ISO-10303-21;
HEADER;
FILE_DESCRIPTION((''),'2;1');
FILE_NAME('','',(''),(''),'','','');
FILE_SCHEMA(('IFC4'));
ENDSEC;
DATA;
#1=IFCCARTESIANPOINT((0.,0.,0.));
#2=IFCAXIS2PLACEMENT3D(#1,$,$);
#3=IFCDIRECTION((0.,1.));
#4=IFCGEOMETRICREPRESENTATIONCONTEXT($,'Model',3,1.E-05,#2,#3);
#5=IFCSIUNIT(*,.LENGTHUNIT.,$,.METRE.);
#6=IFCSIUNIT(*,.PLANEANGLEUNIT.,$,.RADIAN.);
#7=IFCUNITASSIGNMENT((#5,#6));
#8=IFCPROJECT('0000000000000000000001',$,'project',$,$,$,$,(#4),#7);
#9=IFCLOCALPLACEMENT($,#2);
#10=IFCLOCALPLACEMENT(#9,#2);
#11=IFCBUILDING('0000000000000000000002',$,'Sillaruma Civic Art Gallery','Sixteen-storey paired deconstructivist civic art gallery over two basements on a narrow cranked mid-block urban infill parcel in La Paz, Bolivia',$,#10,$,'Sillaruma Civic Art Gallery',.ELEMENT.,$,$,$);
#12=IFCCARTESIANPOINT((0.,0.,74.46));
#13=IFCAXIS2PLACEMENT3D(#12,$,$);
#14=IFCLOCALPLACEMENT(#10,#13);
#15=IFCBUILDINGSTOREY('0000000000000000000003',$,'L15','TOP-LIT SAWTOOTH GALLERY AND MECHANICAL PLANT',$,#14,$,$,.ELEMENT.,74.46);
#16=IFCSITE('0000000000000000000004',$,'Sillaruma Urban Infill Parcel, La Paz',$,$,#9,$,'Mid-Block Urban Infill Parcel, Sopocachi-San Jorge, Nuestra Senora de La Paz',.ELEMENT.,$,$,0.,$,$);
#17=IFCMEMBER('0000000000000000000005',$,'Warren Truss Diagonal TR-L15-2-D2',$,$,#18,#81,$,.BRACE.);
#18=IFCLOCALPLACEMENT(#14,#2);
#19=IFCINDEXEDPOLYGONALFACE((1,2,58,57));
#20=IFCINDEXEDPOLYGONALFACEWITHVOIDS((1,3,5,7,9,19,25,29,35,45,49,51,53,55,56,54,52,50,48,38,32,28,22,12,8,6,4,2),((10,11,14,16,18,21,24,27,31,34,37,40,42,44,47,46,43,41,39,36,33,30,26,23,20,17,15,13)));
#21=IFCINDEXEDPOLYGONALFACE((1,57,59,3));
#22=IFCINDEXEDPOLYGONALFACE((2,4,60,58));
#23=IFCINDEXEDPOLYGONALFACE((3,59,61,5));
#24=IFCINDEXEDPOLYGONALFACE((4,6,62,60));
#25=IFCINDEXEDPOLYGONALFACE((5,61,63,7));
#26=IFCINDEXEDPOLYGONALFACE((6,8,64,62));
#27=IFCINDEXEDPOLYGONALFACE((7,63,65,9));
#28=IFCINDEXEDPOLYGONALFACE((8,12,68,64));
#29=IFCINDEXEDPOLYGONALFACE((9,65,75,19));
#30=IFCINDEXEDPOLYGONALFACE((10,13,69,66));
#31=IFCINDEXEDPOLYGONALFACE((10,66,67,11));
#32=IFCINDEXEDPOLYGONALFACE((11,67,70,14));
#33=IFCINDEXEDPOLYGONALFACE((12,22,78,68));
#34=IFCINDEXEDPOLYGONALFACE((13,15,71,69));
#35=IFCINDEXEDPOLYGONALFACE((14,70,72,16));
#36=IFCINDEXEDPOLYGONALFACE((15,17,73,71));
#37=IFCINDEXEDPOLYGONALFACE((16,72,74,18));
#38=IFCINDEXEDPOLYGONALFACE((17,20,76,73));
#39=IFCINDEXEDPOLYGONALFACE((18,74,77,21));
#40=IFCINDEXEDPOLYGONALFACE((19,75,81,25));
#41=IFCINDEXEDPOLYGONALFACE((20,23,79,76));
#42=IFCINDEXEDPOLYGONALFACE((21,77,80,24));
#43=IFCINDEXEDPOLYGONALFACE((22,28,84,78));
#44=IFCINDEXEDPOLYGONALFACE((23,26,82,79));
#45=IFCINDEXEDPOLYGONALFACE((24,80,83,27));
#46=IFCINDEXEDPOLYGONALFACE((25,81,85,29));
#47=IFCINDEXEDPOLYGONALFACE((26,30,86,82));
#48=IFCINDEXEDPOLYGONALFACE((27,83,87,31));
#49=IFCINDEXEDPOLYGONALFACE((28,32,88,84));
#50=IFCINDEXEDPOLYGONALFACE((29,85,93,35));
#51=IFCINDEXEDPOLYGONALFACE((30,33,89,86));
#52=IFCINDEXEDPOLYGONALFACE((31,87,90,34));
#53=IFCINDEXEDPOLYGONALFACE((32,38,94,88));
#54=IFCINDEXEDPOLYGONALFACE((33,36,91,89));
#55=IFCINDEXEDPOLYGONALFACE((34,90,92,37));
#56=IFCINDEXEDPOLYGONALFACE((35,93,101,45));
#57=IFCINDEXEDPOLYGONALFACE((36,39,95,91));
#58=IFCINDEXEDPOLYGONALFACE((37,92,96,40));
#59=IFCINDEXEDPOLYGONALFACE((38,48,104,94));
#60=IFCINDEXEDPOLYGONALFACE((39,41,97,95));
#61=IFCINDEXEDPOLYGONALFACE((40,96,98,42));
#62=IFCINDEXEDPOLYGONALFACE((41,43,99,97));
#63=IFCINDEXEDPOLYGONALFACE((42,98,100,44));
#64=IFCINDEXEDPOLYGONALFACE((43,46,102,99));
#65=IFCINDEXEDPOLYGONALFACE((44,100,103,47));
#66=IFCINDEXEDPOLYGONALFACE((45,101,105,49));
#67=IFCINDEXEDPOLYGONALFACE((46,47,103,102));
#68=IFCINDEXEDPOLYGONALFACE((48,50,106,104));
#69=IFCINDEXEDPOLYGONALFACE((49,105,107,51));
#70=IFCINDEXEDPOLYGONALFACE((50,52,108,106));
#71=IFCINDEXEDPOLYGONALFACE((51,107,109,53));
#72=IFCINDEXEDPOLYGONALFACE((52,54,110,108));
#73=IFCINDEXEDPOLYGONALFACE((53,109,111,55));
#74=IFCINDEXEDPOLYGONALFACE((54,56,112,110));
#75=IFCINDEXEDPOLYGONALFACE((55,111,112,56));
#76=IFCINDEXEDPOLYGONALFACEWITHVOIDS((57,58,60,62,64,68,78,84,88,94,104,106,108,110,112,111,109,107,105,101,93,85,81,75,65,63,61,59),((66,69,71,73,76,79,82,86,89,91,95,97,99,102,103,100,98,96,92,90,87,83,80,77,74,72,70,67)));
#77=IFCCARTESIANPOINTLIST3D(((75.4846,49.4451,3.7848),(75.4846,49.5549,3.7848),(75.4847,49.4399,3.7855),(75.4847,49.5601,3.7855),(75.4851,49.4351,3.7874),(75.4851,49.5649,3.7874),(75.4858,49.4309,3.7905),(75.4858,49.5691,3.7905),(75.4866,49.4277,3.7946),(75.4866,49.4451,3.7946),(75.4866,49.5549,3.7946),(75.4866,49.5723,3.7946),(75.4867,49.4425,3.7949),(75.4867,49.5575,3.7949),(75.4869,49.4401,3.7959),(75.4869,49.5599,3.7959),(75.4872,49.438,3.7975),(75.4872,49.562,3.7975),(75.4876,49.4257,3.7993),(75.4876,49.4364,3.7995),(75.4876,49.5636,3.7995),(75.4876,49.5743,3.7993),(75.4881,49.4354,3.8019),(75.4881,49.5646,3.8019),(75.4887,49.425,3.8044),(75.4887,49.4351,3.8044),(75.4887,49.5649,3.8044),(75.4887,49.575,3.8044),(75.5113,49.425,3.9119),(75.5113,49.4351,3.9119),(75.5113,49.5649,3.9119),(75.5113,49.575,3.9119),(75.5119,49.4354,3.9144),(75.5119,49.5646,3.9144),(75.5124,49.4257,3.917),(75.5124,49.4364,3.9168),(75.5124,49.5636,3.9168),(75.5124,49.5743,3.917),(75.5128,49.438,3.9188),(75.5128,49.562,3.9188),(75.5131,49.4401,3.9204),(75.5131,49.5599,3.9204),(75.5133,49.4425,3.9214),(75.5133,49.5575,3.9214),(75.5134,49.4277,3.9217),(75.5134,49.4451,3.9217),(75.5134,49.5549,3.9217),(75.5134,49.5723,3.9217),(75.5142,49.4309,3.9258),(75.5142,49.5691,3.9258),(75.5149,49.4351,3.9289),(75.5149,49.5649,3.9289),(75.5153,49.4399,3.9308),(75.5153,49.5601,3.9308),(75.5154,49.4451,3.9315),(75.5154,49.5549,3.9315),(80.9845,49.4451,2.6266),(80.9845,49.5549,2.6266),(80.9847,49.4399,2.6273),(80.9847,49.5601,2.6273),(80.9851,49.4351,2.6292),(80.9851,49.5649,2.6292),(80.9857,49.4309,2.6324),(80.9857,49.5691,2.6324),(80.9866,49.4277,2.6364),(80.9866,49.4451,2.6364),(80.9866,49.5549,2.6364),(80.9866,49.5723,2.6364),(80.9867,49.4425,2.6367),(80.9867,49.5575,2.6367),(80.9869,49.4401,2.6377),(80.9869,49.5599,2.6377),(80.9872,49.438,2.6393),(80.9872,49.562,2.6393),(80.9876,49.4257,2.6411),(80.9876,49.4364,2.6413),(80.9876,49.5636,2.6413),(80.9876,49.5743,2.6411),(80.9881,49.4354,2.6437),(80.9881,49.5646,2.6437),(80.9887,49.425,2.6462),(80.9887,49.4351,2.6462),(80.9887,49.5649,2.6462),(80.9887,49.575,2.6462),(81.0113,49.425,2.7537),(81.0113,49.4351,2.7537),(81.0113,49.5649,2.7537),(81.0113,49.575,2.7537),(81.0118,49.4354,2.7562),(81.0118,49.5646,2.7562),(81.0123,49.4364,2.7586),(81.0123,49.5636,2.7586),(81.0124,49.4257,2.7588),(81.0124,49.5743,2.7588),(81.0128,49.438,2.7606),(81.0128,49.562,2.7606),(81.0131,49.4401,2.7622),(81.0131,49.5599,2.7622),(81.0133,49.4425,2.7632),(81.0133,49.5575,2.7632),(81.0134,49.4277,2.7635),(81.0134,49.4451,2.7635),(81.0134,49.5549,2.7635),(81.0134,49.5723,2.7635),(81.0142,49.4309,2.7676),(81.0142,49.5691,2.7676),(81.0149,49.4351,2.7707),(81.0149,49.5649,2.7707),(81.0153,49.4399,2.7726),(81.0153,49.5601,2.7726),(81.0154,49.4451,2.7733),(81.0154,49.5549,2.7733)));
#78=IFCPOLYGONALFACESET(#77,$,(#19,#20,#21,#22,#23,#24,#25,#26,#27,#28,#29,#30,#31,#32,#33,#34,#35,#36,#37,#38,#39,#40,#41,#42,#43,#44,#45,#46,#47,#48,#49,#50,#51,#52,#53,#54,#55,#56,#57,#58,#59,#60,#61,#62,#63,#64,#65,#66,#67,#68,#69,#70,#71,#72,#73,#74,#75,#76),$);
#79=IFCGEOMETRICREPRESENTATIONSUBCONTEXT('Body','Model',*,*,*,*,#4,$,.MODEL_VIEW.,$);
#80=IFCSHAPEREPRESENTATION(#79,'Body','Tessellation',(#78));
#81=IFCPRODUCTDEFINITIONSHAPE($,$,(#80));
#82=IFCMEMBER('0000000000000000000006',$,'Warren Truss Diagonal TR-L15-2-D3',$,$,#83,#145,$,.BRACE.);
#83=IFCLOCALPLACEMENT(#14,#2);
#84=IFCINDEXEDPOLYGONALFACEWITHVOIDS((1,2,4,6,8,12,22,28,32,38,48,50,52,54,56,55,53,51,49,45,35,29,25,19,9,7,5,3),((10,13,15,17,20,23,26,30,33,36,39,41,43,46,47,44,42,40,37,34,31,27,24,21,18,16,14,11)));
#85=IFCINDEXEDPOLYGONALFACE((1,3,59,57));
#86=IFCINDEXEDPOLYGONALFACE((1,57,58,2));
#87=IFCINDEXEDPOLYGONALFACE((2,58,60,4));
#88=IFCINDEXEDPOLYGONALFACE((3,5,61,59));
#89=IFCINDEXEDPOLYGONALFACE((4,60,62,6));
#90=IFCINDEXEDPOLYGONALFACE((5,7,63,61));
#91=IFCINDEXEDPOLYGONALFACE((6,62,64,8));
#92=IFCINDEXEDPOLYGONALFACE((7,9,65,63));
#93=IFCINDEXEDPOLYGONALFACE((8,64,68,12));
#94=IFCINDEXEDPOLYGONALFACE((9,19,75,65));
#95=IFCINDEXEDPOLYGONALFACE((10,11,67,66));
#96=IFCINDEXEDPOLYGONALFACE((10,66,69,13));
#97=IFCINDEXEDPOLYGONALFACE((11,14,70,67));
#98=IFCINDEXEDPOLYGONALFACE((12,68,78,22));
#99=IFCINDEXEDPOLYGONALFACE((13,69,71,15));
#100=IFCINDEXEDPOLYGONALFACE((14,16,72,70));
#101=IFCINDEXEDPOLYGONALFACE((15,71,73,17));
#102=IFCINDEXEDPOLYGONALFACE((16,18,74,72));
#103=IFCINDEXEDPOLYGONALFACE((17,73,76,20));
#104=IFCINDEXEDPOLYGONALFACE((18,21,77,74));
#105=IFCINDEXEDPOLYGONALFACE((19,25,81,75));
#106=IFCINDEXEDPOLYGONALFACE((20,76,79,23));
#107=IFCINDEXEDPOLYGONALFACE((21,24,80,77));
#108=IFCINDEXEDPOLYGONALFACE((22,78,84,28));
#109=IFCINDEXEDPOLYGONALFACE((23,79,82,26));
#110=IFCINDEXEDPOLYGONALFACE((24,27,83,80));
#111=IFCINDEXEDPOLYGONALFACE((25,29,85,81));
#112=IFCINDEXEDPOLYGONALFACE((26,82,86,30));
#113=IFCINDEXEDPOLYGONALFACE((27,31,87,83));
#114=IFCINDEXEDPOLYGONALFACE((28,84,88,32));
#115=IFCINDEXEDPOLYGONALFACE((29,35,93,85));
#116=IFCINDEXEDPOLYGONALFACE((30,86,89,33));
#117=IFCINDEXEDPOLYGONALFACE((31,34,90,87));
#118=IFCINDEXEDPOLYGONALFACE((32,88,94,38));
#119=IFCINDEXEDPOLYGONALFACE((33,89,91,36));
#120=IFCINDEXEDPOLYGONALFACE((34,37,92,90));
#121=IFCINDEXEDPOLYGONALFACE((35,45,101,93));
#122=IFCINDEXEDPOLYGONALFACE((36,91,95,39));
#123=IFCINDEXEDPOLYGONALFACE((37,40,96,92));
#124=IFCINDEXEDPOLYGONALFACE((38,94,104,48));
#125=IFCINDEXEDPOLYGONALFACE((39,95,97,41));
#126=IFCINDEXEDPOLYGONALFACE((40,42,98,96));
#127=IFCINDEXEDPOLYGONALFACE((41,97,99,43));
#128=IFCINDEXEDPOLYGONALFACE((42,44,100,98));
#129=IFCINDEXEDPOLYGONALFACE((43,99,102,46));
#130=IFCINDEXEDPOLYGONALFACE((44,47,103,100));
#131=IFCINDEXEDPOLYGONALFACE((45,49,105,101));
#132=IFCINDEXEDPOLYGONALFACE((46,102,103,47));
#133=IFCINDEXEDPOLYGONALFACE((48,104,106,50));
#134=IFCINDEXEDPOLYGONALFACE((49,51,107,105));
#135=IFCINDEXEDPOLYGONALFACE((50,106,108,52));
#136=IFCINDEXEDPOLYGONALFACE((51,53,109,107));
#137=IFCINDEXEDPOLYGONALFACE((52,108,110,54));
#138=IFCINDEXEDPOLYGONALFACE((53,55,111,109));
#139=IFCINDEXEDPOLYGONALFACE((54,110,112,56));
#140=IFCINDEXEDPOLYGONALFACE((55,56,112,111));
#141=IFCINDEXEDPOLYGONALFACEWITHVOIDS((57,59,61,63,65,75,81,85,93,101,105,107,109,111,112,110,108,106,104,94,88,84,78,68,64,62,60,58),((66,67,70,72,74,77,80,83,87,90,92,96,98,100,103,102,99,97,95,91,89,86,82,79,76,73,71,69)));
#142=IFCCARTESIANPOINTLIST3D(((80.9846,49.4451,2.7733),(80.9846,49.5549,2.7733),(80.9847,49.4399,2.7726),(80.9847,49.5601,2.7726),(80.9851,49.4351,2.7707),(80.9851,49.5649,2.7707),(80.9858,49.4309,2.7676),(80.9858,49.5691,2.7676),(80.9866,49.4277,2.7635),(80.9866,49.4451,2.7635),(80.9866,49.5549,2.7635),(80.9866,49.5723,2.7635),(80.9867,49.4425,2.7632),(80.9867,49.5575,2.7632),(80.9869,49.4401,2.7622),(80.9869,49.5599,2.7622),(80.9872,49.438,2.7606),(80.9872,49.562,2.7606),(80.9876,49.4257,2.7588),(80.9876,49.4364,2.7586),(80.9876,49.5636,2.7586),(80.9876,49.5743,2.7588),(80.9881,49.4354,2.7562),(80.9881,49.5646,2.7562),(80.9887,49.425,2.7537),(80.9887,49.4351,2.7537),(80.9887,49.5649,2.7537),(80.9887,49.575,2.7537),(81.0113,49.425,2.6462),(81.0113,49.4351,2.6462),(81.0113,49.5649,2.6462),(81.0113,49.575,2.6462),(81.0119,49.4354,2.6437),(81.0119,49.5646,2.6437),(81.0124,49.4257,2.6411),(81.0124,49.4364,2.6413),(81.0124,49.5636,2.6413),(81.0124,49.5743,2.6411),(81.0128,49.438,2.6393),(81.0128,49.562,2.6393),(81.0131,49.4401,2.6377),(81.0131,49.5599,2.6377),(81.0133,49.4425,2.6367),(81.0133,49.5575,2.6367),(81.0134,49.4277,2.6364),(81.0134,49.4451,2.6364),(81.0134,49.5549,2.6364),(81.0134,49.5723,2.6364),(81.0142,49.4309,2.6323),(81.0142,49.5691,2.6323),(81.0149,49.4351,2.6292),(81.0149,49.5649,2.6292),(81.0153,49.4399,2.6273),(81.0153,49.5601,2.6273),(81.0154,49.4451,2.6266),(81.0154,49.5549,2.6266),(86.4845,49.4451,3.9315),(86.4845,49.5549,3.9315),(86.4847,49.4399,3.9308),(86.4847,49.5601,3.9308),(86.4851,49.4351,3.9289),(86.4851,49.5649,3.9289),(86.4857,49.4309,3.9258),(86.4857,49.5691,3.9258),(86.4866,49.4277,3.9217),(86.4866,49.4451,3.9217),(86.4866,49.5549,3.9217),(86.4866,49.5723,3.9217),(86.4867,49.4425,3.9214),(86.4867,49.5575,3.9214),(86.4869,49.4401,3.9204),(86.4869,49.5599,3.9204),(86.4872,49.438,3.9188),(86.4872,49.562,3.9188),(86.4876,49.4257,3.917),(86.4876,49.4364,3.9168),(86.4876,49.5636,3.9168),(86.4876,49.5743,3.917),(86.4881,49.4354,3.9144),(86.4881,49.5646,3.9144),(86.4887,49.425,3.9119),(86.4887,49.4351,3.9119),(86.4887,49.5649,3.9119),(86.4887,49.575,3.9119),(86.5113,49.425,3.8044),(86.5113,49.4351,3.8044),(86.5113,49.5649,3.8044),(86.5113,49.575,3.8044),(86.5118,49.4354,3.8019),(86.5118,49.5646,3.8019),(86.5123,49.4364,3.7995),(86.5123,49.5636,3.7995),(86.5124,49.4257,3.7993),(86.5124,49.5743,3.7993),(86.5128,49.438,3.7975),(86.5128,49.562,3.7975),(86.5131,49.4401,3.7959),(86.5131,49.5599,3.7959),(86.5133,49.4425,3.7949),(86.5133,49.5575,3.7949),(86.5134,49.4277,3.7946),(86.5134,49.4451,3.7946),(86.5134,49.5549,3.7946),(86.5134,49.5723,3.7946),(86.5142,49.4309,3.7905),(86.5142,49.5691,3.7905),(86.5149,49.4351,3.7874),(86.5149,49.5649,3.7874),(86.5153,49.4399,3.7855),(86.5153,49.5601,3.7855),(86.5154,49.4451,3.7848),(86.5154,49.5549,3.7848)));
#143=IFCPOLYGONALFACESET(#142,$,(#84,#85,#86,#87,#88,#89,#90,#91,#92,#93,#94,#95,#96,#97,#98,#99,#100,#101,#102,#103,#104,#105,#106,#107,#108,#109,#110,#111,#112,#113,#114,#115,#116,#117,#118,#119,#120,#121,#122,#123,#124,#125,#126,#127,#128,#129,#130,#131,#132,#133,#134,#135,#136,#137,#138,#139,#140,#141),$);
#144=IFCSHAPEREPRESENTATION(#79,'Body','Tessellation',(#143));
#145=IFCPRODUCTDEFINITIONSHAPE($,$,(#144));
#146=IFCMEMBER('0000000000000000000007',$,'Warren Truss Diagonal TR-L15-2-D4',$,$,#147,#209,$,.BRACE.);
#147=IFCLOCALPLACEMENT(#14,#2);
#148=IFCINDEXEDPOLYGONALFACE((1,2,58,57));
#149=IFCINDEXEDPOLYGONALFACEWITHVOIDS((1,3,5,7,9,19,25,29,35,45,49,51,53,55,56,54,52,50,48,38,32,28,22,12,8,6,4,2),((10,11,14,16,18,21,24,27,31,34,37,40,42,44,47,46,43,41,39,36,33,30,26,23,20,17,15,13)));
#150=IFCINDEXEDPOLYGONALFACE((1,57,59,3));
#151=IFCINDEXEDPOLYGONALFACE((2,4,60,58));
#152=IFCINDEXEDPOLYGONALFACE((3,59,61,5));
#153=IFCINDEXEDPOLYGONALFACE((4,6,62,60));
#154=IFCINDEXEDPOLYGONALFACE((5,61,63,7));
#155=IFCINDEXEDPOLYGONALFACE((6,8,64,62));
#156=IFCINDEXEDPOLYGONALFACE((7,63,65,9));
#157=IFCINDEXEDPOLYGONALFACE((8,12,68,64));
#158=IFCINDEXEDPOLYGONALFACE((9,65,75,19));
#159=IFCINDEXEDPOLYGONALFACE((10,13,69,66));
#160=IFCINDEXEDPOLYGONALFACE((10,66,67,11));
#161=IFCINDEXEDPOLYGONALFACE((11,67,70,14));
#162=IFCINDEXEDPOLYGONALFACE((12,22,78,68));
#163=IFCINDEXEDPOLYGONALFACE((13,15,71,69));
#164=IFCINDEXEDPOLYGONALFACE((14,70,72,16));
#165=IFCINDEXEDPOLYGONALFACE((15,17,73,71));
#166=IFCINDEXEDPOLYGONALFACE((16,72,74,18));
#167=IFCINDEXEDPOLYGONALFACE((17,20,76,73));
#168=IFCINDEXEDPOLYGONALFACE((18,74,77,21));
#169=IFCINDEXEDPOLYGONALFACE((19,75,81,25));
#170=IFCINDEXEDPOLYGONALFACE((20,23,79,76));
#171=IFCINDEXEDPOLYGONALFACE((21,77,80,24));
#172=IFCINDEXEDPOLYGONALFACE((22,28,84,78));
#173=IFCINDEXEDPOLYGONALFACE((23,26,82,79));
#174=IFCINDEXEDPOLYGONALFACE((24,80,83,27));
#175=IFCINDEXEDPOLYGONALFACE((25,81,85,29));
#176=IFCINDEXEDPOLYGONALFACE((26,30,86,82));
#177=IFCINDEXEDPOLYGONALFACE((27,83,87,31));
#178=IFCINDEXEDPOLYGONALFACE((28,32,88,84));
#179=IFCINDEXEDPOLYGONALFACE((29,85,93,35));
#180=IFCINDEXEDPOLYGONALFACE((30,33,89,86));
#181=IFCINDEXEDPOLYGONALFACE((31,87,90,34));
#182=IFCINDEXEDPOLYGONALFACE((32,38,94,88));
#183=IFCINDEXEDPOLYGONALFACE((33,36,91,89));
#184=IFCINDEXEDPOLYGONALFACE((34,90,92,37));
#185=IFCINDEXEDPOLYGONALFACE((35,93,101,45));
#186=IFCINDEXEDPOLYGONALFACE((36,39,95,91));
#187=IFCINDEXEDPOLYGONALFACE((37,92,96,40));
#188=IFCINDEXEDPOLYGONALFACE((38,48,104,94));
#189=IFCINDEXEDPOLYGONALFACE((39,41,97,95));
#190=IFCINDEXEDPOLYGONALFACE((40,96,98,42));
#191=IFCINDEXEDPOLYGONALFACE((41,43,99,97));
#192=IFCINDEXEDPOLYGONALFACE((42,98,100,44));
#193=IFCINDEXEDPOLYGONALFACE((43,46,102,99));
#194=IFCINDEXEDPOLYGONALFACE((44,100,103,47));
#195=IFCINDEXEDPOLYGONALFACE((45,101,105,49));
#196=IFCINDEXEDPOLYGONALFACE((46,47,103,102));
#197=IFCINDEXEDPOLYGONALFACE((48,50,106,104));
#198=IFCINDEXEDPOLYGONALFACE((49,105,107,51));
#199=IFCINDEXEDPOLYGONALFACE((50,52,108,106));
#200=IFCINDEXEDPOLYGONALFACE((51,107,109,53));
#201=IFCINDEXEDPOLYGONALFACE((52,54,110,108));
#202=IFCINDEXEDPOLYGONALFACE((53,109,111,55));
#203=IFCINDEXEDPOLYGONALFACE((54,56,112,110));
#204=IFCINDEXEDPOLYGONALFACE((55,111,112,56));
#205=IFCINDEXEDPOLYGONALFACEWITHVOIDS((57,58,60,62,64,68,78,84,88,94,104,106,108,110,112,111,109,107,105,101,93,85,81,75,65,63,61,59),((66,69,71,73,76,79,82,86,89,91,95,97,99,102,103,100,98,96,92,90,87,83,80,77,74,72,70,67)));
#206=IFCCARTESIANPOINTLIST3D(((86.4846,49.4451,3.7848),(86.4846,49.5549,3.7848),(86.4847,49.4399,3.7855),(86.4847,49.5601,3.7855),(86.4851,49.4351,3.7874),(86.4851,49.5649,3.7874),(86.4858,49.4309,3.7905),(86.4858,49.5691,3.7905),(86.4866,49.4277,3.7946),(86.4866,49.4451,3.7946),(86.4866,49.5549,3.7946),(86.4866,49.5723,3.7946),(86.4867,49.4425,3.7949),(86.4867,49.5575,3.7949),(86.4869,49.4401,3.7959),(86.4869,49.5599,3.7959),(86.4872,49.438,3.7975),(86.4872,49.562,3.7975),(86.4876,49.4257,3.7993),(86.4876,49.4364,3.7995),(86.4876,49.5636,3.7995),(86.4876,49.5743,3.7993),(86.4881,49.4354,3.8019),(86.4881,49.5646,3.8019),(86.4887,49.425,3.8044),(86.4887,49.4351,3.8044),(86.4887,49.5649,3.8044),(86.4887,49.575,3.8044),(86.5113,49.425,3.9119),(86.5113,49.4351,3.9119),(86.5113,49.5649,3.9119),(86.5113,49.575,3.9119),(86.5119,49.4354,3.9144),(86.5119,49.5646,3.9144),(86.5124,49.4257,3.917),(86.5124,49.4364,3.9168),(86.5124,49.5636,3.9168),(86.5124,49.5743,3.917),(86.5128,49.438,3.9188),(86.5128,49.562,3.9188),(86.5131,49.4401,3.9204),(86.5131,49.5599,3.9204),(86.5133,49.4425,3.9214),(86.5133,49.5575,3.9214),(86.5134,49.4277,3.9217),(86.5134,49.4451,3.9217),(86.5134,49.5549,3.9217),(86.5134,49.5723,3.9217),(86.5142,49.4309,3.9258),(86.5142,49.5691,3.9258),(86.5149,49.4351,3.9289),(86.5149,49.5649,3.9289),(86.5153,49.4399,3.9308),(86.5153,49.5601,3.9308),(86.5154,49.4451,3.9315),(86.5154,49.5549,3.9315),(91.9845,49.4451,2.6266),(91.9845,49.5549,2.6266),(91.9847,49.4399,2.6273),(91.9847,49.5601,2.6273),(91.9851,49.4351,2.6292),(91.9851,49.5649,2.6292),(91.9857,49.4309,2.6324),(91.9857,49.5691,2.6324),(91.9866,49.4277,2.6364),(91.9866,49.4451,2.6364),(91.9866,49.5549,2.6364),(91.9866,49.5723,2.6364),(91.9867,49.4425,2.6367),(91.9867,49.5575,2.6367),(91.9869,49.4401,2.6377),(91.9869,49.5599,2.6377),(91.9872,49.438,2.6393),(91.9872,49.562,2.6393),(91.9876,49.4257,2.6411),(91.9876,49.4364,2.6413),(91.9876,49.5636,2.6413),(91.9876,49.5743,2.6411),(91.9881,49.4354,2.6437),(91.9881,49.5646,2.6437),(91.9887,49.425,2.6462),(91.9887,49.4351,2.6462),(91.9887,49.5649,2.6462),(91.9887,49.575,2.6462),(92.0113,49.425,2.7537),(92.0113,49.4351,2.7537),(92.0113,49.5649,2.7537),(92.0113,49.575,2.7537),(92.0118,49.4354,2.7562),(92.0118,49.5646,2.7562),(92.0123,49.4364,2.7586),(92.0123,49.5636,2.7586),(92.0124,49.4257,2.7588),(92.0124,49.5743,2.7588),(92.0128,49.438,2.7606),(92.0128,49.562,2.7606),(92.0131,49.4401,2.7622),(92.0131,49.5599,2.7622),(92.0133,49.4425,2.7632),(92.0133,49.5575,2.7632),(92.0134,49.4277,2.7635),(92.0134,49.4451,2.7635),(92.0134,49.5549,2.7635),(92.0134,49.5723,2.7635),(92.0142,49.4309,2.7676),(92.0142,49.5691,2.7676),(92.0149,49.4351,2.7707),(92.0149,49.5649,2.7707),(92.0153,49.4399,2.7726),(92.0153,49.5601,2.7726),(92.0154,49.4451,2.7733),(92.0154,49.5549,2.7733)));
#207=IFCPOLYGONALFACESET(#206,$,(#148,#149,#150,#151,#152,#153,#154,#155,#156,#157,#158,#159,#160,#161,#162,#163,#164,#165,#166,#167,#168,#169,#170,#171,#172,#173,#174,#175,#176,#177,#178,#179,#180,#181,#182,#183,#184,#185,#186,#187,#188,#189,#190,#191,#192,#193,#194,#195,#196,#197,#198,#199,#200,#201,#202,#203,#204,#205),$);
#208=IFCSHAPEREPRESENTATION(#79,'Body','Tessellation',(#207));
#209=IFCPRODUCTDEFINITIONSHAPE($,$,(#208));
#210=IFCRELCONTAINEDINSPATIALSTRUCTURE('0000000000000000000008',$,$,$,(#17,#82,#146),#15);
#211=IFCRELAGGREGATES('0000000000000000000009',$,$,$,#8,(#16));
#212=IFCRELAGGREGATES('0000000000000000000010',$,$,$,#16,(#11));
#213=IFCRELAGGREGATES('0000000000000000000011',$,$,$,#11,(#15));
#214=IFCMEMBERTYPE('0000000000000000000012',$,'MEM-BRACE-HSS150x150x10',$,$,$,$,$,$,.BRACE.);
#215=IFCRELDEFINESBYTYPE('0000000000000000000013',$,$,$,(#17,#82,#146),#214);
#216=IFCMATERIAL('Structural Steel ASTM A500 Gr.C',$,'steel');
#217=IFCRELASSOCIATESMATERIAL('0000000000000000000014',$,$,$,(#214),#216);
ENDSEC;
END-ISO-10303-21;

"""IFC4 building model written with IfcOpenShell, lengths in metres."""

from ifc_helpers import new_model, si_unit, direction, frame, origin, origin_2d, place, context, subcontext, project, spatial, hollow_rectangle, extrude, material, material_profile, profile_set, type_object, element, save


model = new_model("IFC4")

# Units and contexts
model_context = context("Model", 3, precision=1e-05, world=origin(), true_north=direction((0.0, 1.0)))
body_context = subcontext(model_context, "Body", "Model", "MODEL_VIEW")
ifc_project = project(units=[si_unit("LENGTHUNIT", "METRE"), si_unit("PLANEANGLEUNIT", "RADIAN")], contexts=[model_context])

# Site, building, storey
site_placement = place(None, origin())
site = spatial("IfcSite", under=ifc_project, at=site_placement, Name="Sillaruma Urban Infill Parcel, La Paz", LongName="Mid-Block Urban Infill Parcel, Sopocachi-San Jorge, Nuestra Senora de La Paz", CompositionType="ELEMENT", RefElevation=0.0)
building_placement = place(site_placement, origin())
building = spatial("IfcBuilding", under=site, at=building_placement, Name="Sillaruma Civic Art Gallery", Description="Sixteen-storey paired deconstructivist civic art gallery over two basements on a narrow cranked mid-block urban infill parcel in La Paz, Bolivia", LongName="Sillaruma Civic Art Gallery", CompositionType="ELEMENT")
storey_placement = place(building_placement, frame((0.0, 0.0, 74.46)))
storey = spatial("IfcBuildingStorey", under=building, at=storey_placement, Name="L15", Description="TOP-LIT SAWTOOTH GALLERY AND MECHANICAL PLANT", CompositionType="ELEMENT", Elevation=74.46)

# Members
ifc_material_1 = material(Name="Structural Steel ASTM A500 Gr.C", Category="steel")
ifc_material_profile_1 = material_profile(ifc_material_1, hollow_rectangle(XDim=0.1499, YDim=0.1499, WallThickness=0.01, InnerFilletRadius=0.01, OuterFilletRadius=0.02, at=origin_2d()), Name="HSS150x150x10")
ifc_profile_set_1 = profile_set([ifc_material_profile_1], Name="Structural Steel ASTM A500 Gr.C")
member_type_1 = type_object("IfcMemberType", Name="MEM-BRACE-HSS150x150x10", PredefinedType="BRACE", material=ifc_profile_set_1)
for number, where, z_axis, x_axis, name in (
    (1, (75.5, 49.5, 3.8582), (0.978539, 0.0, -0.206063), (0.0, 1.0, 0.0), "Warren Truss Diagonal TR-L15-2-D2"),
    (2, (81.0, 49.5, 2.7), (0.978539, 0.0, 0.206063), (0.0, 1.0, 0.0), "Warren Truss Diagonal TR-L15-2-D3"),
    (3, (86.5, 49.5, 3.8582), (0.978539, 0.0, -0.206063), (0.0, 1.0, 0.0), "Warren Truss Diagonal TR-L15-2-D4"),
):
    element("IfcMember", number, at=place(storey_placement, frame(where, z_axis=z_axis, x_axis=x_axis)), inside=storey, type_object=member_type_1, Name=name, PredefinedType="BRACE", context=body_context, shape_type="SweptSolid", body=[
        extrude(hollow_rectangle(XDim=0.1499, YDim=0.1499, WallThickness=0.01, InnerFilletRadius=0.01, OuterFilletRadius=0.02, at=origin_2d()), origin(), (0.0, 0.0, 1.0), 5.6206),
    ])

save(model, "model.ifc")
